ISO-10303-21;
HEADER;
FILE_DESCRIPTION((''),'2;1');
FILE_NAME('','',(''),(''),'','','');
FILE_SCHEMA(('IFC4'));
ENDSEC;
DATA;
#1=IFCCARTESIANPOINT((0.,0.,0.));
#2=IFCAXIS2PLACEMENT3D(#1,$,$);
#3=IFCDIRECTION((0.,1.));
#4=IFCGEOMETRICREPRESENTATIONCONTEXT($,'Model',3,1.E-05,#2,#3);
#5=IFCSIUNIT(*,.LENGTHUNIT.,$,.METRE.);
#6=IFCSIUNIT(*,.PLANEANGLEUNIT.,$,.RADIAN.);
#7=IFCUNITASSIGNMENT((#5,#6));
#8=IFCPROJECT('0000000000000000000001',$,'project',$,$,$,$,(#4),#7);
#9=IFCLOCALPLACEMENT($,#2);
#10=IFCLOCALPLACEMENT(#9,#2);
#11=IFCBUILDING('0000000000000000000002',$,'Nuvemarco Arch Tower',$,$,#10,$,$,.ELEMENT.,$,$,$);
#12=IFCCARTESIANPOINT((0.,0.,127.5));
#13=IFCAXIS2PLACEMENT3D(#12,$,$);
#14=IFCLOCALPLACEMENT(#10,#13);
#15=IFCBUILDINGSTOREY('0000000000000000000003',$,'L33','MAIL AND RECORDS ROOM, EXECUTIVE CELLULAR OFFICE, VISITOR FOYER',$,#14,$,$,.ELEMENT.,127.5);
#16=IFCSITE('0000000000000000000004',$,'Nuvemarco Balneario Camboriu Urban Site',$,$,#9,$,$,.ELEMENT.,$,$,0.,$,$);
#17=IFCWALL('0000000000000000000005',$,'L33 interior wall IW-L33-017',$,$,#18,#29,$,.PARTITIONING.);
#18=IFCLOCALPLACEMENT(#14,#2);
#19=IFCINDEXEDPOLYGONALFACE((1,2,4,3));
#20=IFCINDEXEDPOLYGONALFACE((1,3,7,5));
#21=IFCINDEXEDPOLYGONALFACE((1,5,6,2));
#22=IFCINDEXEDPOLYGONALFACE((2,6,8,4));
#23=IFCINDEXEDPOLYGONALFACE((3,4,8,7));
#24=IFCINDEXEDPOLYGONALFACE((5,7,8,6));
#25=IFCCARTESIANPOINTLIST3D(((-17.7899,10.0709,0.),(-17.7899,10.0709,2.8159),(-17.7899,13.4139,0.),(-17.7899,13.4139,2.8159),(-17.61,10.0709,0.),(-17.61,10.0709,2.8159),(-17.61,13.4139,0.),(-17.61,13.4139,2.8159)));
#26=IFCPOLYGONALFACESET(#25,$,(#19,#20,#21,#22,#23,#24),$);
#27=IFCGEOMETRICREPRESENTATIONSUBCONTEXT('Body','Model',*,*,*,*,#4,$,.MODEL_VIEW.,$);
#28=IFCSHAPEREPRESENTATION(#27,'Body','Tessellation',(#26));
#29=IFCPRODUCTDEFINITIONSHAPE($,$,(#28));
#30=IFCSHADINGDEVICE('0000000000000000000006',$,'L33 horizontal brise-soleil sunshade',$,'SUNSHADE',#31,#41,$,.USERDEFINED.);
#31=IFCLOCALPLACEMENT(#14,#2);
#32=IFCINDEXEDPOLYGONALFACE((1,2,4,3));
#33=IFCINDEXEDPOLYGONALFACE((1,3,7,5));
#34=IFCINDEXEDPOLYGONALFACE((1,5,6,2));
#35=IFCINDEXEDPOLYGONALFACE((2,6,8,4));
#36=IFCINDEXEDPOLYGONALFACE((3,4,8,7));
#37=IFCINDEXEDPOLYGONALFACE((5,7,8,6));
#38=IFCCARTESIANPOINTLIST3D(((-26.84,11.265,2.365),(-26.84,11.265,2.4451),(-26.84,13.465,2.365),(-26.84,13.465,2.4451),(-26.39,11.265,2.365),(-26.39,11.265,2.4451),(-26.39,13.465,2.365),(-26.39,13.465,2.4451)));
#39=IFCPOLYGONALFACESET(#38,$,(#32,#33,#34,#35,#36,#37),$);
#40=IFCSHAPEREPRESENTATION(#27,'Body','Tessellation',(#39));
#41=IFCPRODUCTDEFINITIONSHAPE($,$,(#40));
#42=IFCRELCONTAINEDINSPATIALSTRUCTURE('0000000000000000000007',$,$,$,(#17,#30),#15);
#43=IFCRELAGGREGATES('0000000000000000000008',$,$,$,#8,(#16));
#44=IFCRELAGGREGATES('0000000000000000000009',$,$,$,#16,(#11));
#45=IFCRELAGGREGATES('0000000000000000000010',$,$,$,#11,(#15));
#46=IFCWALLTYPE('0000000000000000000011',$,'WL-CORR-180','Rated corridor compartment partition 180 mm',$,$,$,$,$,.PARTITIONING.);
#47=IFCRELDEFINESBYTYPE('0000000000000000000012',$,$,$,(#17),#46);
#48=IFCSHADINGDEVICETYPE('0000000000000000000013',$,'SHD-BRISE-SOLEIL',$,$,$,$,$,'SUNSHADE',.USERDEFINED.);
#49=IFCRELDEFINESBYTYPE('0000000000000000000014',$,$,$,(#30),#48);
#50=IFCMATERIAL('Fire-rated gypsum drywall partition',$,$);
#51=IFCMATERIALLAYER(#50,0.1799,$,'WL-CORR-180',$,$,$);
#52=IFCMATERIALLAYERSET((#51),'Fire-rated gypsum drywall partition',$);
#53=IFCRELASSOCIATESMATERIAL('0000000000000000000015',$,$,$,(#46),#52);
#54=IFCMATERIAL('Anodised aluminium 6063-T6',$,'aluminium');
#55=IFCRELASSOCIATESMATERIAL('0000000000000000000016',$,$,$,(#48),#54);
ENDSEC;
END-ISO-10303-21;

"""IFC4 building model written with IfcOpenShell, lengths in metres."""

from ifc_helpers import new_model, si_unit, direction, frame, frame_2d, origin, origin_2d, place, context, subcontext, project, spatial, rectangle, extrude, source, transform, mapped, material, layer, layer_set, type_object, type_shapes, element, save


model = new_model("IFC4")

# Units and contexts
model_context = context("Model", 3, precision=1e-05, world=origin(), true_north=direction((0.0, 1.0)))
body_context = subcontext(model_context, "Body", "Model", "MODEL_VIEW")
ifc_project = project(units=[si_unit("LENGTHUNIT", "METRE"), si_unit("PLANEANGLEUNIT", "RADIAN")], contexts=[model_context])

# Site, building, storey
site_placement = place(None, origin())
site = spatial("IfcSite", under=ifc_project, at=site_placement, Name="Nuvemarco Balneario Camboriu Urban Site", CompositionType="ELEMENT", RefElevation=0.0)
building_placement = place(site_placement, origin())
building = spatial("IfcBuilding", under=site, at=building_placement, Name="Nuvemarco Arch Tower", CompositionType="ELEMENT")
storey_placement = place(building_placement, frame((0.0, 0.0, 127.5)))
storey = spatial("IfcBuildingStorey", under=building, at=storey_placement, Name="L33", Description="MAIL AND RECORDS ROOM, EXECUTIVE CELLULAR OFFICE, VISITOR FOYER", CompositionType="ELEMENT", Elevation=127.5)

# Shared definitions
ifc_material_1 = material(Name="Fire-rated gypsum drywall partition")
ifc_layer = layer(ifc_material_1, 0.1799, Name="WL-CORR-180")
ifc_layer_set = layer_set([ifc_layer], Name="Fire-rated gypsum drywall partition")
wall_type = type_object("IfcWallType", Name="WL-CORR-180", Description="Rated corridor compartment partition 180 mm", PredefinedType="PARTITIONING", material=ifc_layer_set)

# Wall
wall_1_placement = place(storey_placement, frame((-17.7, 10.071, 0.0), z_axis=(0.0, 0.0, 1.0), x_axis=(0.0, 1.0, 0.0)))
element("IfcWall", 1, at=wall_1_placement, inside=storey, type_object=wall_type, Name="L33 interior wall IW-L33-017", PredefinedType="PARTITIONING", context=body_context, shape_type="SweptSolid", body=[
    extrude(rectangle(XDim=3.343, YDim=0.1799, at=frame_2d((1.6714, 0.0))), origin(), (0.0, 0.0, 1.0), 2.8159),
])

# Shading device
ifc_material_2 = material(Name="Anodised aluminium 6063-T6", Category="aluminium")
shading_device_type = type_object("IfcShadingDeviceType", Name="SHD-BRISE-SOLEIL", ElementType="SUNSHADE", PredefinedType="USERDEFINED", material=ifc_material_2)
shared_shape_1 = source(origin(), body_context, "Body", "SweptSolid", [
    extrude(rectangle(XDim=2.2, YDim=0.45, at=origin_2d()), origin(), (0.0, 0.0, 1.0), 0.0801),
])
type_shapes(shading_device_type, [shared_shape_1])
shading_device_placement = place(storey_placement, frame((-26.615, 12.365, 2.365), z_axis=(0.0, 0.0, 1.0), x_axis=(0.0, 1.0, 0.0)))
element("IfcShadingDevice", 2, at=shading_device_placement, inside=storey, type_object=shading_device_type, Name="L33 horizontal brise-soleil sunshade", ObjectType="SUNSHADE", PredefinedType="USERDEFINED", context=body_context, shape_type="MappedRepresentation", body=[
    mapped(shared_shape_1, transform((0.0, 0.0, 0.0), scale=1.0)),
])

save(model, "model.ifc")
